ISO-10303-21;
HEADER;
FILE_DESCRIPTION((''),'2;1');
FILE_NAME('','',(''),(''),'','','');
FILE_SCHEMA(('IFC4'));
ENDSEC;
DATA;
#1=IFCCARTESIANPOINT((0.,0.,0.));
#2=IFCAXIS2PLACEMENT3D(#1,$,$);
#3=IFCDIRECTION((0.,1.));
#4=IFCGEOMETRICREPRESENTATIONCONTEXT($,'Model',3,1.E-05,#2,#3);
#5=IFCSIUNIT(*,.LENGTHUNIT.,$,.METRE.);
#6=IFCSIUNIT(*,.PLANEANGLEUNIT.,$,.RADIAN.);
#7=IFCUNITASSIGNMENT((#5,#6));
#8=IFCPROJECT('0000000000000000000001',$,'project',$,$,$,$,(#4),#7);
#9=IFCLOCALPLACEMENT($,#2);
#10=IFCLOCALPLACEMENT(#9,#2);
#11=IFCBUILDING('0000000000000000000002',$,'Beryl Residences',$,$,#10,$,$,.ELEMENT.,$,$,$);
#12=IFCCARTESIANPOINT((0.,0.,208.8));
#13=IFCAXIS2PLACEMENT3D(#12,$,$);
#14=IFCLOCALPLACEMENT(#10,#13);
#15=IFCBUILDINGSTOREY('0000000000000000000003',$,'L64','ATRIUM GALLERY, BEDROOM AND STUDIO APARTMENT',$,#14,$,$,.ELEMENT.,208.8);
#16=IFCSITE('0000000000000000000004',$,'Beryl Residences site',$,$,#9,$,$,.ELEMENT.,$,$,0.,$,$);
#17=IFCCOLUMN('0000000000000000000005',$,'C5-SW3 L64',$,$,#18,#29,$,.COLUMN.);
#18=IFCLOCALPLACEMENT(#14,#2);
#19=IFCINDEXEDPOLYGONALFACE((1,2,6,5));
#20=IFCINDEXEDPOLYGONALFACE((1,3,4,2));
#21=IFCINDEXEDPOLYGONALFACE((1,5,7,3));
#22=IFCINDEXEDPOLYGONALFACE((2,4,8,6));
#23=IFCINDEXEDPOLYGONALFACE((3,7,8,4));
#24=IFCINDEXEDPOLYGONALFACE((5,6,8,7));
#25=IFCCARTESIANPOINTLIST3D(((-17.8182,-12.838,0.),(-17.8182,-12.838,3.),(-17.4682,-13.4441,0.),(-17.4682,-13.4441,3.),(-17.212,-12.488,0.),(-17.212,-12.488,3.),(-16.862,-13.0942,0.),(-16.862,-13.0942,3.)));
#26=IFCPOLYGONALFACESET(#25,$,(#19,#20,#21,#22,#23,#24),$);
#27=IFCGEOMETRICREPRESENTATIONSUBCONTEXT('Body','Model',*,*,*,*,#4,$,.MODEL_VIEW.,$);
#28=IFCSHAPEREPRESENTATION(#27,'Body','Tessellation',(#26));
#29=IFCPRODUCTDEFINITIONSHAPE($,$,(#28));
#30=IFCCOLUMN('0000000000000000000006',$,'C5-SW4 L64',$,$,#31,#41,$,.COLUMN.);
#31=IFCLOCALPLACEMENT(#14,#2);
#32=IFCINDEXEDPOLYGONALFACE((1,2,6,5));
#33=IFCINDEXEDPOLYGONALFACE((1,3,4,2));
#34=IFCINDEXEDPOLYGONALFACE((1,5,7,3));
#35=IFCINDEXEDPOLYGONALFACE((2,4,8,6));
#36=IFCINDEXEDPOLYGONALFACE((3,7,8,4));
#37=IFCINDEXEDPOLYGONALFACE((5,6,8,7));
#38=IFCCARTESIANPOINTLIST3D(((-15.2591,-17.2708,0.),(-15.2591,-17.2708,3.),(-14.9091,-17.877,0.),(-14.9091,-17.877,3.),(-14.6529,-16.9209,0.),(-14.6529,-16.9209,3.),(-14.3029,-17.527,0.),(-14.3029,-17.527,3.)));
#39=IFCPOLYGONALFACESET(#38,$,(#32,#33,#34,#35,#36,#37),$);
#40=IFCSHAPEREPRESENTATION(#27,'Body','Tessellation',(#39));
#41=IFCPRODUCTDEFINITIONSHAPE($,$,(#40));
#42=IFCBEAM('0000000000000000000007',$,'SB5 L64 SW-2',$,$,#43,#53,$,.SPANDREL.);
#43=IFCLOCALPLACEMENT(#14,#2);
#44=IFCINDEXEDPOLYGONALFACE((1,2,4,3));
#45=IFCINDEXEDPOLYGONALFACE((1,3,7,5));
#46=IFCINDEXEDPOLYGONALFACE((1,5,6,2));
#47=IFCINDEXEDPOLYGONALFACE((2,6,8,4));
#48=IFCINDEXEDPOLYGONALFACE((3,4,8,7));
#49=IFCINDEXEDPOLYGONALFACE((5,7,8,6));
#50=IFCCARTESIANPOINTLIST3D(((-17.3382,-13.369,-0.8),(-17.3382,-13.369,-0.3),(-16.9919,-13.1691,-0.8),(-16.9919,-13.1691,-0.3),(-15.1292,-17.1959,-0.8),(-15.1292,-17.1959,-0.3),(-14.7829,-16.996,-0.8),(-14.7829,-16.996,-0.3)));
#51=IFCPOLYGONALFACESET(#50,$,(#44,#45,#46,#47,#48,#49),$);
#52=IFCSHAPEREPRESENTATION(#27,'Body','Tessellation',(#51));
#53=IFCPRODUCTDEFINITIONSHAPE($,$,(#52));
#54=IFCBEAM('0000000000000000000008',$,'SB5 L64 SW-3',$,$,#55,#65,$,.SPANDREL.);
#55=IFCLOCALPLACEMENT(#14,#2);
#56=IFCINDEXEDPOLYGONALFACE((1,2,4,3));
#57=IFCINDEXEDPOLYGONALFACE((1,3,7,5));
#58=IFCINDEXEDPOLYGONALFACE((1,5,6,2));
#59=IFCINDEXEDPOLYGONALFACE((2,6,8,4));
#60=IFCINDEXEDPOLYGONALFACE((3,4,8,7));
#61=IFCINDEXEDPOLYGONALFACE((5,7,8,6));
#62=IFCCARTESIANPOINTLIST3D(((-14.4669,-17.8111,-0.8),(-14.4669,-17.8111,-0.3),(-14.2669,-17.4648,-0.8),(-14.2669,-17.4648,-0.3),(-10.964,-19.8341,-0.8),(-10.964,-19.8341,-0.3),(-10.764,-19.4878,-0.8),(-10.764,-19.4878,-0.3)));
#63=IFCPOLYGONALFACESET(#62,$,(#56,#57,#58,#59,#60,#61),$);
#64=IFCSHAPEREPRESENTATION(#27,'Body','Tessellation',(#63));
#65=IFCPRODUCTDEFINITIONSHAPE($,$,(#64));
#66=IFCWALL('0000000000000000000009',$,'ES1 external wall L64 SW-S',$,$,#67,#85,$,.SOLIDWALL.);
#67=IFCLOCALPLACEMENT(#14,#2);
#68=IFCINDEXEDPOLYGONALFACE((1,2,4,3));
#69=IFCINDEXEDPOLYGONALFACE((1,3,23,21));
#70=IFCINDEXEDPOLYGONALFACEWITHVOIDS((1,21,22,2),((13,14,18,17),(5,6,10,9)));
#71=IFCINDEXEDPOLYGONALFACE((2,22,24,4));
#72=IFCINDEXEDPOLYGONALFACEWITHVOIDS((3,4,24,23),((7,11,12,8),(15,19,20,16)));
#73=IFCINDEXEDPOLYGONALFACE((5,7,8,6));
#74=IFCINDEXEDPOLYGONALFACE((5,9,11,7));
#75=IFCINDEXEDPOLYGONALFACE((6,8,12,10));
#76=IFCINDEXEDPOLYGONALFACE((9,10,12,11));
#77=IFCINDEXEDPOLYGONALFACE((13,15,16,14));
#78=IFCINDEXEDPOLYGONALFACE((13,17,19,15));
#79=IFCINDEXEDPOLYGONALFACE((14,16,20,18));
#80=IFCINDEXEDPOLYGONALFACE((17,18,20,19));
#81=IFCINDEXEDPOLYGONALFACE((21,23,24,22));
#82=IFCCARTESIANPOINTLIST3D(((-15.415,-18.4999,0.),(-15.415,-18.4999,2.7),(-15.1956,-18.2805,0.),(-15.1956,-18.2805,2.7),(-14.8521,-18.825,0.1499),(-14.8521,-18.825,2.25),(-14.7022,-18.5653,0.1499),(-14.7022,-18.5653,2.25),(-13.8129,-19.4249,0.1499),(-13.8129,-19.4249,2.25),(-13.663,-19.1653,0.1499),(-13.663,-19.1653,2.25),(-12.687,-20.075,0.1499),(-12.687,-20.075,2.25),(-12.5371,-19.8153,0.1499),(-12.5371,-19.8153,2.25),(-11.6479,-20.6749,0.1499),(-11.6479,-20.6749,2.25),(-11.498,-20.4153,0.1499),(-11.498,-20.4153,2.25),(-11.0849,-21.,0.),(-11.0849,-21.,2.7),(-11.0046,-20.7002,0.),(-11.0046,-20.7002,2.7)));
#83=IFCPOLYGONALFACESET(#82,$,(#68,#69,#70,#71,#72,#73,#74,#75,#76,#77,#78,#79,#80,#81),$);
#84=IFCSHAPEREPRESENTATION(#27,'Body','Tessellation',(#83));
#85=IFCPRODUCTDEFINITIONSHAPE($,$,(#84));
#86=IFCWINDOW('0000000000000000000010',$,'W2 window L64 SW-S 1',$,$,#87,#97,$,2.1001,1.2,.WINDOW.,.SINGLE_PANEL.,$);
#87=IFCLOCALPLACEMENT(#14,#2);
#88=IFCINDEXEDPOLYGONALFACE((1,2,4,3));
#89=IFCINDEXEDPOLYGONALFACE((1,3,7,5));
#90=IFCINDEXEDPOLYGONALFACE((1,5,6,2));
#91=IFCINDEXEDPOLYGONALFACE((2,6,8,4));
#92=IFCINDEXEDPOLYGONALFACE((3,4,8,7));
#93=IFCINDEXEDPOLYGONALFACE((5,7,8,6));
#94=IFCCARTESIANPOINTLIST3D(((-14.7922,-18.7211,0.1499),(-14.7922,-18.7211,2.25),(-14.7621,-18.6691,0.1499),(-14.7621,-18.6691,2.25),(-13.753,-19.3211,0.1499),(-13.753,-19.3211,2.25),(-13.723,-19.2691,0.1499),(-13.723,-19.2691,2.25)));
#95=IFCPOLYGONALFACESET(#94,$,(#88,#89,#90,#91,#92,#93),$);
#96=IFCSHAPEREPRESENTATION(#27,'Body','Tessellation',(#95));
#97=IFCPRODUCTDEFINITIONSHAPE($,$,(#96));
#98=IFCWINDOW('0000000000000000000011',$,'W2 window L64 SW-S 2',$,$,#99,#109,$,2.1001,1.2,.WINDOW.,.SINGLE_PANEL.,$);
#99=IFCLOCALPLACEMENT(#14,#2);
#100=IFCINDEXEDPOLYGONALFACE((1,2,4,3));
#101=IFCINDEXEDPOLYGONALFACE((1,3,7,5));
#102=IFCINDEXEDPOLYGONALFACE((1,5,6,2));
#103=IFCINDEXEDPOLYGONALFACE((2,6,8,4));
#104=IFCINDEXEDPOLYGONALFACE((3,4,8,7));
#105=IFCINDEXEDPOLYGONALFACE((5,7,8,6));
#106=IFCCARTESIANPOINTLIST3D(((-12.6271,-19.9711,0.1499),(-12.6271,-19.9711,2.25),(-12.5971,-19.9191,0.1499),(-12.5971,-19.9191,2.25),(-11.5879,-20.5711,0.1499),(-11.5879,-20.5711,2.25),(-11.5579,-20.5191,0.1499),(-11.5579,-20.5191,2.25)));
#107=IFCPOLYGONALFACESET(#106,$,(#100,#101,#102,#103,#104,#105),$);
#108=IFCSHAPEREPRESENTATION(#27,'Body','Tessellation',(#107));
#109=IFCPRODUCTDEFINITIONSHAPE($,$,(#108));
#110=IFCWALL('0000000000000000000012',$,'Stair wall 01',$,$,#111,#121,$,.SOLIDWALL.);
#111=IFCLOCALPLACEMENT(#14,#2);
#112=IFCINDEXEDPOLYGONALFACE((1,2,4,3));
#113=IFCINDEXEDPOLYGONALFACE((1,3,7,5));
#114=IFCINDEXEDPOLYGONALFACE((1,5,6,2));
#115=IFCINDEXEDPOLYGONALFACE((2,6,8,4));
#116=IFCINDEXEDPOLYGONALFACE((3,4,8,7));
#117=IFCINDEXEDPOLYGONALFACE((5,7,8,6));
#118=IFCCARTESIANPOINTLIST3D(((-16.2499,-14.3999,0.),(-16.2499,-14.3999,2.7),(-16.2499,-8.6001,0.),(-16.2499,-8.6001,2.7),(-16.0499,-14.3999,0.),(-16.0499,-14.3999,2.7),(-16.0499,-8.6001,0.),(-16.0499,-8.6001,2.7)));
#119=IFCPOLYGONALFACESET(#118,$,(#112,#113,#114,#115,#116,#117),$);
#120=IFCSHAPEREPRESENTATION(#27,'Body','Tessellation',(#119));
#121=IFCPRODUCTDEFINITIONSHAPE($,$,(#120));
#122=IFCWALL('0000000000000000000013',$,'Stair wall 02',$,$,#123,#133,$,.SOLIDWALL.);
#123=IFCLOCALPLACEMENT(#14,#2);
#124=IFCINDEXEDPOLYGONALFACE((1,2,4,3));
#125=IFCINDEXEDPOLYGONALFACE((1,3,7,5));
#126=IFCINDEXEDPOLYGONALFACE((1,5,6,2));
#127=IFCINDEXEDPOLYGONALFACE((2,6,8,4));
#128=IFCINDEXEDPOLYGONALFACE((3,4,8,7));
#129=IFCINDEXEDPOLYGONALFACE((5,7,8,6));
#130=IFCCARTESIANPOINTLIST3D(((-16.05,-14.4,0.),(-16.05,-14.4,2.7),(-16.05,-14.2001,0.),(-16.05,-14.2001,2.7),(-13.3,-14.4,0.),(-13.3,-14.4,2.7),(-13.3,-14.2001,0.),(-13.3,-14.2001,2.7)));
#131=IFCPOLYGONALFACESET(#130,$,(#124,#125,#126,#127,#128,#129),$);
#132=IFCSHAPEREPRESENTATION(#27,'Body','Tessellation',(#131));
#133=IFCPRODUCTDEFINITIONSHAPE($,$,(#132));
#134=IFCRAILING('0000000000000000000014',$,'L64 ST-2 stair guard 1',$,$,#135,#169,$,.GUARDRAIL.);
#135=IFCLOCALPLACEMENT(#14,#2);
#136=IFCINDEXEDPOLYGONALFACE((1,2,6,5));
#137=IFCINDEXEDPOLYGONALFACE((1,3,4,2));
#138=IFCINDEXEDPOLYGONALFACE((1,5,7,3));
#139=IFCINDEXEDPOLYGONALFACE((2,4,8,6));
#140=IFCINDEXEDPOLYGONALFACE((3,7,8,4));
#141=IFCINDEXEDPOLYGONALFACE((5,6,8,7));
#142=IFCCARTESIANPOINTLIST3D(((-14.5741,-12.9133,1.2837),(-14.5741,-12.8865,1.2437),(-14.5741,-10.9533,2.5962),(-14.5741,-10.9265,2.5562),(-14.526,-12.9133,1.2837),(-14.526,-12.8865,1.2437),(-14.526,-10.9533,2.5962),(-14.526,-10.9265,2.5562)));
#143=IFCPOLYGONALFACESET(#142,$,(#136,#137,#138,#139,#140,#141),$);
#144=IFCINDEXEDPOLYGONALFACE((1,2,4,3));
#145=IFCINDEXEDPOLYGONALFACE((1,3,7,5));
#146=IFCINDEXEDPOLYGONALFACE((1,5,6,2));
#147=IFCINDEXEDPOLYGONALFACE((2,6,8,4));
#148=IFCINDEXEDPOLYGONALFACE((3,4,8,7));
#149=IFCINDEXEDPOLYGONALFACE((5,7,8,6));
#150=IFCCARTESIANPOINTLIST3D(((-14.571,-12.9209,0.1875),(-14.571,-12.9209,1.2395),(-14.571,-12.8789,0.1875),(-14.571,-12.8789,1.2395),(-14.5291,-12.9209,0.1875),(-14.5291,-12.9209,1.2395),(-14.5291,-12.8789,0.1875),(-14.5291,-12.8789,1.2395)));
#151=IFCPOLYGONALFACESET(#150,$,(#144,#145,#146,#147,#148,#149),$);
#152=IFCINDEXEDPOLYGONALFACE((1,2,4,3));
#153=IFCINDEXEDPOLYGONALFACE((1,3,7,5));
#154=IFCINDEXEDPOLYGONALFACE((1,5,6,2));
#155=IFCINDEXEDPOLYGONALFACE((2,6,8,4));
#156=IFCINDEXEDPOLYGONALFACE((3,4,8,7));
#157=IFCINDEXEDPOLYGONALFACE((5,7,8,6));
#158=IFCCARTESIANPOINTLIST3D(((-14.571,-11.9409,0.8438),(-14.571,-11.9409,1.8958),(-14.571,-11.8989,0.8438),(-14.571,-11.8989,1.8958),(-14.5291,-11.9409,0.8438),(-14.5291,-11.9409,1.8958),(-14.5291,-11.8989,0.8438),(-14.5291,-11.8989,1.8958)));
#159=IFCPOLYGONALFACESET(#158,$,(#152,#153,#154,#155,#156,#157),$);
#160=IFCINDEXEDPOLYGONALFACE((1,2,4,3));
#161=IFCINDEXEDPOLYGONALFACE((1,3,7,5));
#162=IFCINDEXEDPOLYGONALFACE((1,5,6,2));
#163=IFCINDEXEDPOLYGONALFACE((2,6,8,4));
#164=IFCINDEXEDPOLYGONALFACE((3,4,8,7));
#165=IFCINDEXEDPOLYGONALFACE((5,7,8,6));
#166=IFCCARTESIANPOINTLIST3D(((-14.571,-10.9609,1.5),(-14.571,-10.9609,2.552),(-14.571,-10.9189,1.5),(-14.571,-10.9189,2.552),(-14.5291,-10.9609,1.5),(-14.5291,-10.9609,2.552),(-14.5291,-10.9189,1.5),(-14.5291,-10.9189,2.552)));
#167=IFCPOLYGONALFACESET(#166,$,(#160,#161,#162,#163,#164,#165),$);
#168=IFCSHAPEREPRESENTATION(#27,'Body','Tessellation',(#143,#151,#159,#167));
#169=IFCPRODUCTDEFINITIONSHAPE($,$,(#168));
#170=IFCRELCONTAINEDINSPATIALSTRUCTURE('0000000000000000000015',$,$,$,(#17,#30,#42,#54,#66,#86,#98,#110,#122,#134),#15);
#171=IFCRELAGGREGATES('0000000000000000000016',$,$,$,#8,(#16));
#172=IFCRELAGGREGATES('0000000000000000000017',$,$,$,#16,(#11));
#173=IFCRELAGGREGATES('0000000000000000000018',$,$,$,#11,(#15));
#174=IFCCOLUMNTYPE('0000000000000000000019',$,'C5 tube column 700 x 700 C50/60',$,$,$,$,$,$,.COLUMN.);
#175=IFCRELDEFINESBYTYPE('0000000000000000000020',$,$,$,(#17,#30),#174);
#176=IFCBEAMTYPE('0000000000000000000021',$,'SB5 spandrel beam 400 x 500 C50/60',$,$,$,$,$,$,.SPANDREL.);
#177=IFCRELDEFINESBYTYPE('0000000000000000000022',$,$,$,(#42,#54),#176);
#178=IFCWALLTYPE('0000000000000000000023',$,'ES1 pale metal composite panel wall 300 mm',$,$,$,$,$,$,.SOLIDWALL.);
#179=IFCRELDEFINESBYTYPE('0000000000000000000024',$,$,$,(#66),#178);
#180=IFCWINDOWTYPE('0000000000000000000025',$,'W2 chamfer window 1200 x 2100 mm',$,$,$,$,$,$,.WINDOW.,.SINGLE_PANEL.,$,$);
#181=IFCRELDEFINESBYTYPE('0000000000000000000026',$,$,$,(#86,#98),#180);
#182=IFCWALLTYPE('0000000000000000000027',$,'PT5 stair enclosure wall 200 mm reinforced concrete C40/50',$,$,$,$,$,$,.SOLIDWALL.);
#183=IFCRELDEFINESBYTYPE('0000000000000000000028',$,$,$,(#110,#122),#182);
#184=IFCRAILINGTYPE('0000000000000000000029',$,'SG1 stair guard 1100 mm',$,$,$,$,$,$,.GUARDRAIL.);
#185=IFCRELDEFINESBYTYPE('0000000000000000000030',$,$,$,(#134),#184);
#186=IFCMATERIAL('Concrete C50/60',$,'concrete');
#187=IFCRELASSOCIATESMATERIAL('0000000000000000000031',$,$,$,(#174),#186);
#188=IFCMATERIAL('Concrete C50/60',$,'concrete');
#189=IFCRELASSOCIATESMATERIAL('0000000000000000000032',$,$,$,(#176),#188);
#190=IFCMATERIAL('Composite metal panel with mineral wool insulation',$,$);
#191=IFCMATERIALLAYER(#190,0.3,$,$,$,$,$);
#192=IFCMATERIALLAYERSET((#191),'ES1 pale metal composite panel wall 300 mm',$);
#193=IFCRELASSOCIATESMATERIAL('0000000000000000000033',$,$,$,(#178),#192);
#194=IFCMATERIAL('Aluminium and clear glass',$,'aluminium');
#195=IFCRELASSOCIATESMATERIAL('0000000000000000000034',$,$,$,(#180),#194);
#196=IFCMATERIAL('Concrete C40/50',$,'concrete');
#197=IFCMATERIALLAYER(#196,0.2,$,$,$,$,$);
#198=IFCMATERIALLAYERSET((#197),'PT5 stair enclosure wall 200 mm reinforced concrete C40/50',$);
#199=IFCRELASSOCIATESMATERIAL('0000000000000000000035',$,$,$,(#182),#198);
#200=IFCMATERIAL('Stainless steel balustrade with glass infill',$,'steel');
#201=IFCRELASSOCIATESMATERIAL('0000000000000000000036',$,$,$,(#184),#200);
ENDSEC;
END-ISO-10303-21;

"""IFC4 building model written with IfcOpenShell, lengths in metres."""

from ifc_helpers import new_model, si_unit, direction, frame, frame_2d, origin, origin_2d, place, context, subcontext, project, spatial, polyline, rectangle, outline, extrude, material, layer, layer_set, material_profile, profile_set, type_object, element, fill, save


model = new_model("IFC4")

# Units and contexts
model_context = context("Model", 3, precision=1e-05, world=origin(), true_north=direction((0.0, 1.0)))
body_context = subcontext(model_context, "Body", "Model", "MODEL_VIEW")
ifc_project = project(units=[si_unit("LENGTHUNIT", "METRE"), si_unit("PLANEANGLEUNIT", "RADIAN")], contexts=[model_context])

# Site, building, storey
site_placement = place(None, origin())
site = spatial("IfcSite", under=ifc_project, at=site_placement, Name="Beryl Residences site", CompositionType="ELEMENT", RefElevation=0.0)
building_placement = place(site_placement, origin())
building = spatial("IfcBuilding", under=site, at=building_placement, Name="Beryl Residences", CompositionType="ELEMENT")
storey_placement = place(building_placement, frame((0.0, 0.0, 208.8)))
storey = spatial("IfcBuildingStorey", under=building, at=storey_placement, Name="L64", Description="ATRIUM GALLERY, BEDROOM AND STUDIO APARTMENT", CompositionType="ELEMENT", Elevation=208.8)

# Columns
ifc_material_1 = material(Name="Concrete C50/60", Category="concrete")
ifc_material_profile_1 = material_profile(ifc_material_1, rectangle(XDim=0.7, YDim=0.7, at=origin_2d()))
ifc_profile_set_1 = profile_set([ifc_material_profile_1], Name="Concrete C50/60")
column_type = type_object("IfcColumnType", Name="C5 tube column 700 x 700 C50/60", PredefinedType="COLUMN", material=ifc_profile_set_1)
for number, where, z_axis, x_axis, name in (
    (1, (-17.3401, -12.9661, 0.0), (0.0, 0.0, 1.0), (0.499985, -0.866034, 0.0), "C5-SW3 L64"),
    (2, (-14.781, -17.3989, 0.0), (0.0, 0.0, 1.0), (0.499985, -0.866034, 0.0), "C5-SW4 L64"),
):
    element("IfcColumn", number, at=place(storey_placement, frame(where, z_axis=z_axis, x_axis=x_axis)), inside=storey, type_object=column_type, Name=name, PredefinedType="COLUMN", context=body_context, shape_type="SweptSolid", body=[
        extrude(rectangle(XDim=0.7, YDim=0.7, at=origin_2d()), origin(), (0.0, 0.0, 1.0), 3.0),
    ])

# Beams
ifc_material_2 = material(Name="Concrete C50/60", Category="concrete")
ifc_material_profile_2 = material_profile(ifc_material_2, rectangle(XDim=0.3999, YDim=0.5, at=origin_2d()))
ifc_profile_set_2 = profile_set([ifc_material_profile_2], Name="Concrete C50/60")
beam_type = type_object("IfcBeamType", Name="SB5 spandrel beam 400 x 500 C50/60", PredefinedType="SPANDREL", material=ifc_profile_set_2)
beam_1_placement = place(storey_placement, frame((-17.165, -13.269, -0.55), z_axis=(0.499919, -0.866072, 0.0), x_axis=(0.866072, 0.499919, 0.0)))
element("IfcBeam", 3, at=beam_1_placement, inside=storey, type_object=beam_type, Name="SB5 L64 SW-2", PredefinedType="SPANDREL", context=body_context, shape_type="SweptSolid", body=[
    extrude(rectangle(XDim=0.3999, YDim=0.5, at=origin_2d()), origin(), (0.0, 0.0, 1.0), 4.4187),
])
beam_2_placement = place(storey_placement, frame((-14.3669, -17.6379, -0.55), z_axis=(0.865968, -0.500099, 0.0), x_axis=(0.500099, 0.865968, 0.0)))
element("IfcBeam", 4, at=beam_2_placement, inside=storey, type_object=beam_type, Name="SB5 L64 SW-3", PredefinedType="SPANDREL", context=body_context, shape_type="SweptSolid", body=[
    extrude(rectangle(XDim=0.3999, YDim=0.5, at=origin_2d()), origin(), (0.0, 0.0, 1.0), 4.0452),
])

# Wall, openings, windows
ifc_material_3 = material(Name="Composite metal panel with mineral wool insulation")
ifc_layer_1 = layer(ifc_material_3, 0.3)
ifc_layer_set_1 = layer_set([ifc_layer_1], Name="ES1 pale metal composite panel wall 300 mm")
wall_type_1 = type_object("IfcWallType", Name="ES1 pale metal composite panel wall 300 mm", PredefinedType="SOLIDWALL", material=ifc_layer_set_1)
wall_1_placement = place(storey_placement, frame((-15.3401, -18.3701, 0.0), z_axis=(0.0, 0.0, 1.0), x_axis=(0.866023, -0.500004, 0.0)))
wall_1 = element("IfcWall", 5, at=wall_1_placement, inside=storey, type_object=wall_type_1, Name="ES1 external wall L64 SW-S", PredefinedType="SOLIDWALL", context=body_context, shape_type="SweptSolid", body=[
    extrude(outline(polyline([(0.0, -0.1499), (5.0, -0.1499), (4.9197, 0.1499), (0.0803, 0.1499), (0.0, -0.1499)])), origin(), (0.0, 0.0, 1.0), 2.7),
])
opening_1_placement = place(wall_1_placement, frame((0.6499, 0.0, 0.1499)))
opening_1 = element("IfcOpeningElement", 6, at=opening_1_placement, cuts=wall_1, PredefinedType="OPENING", context=body_context, shape_type="SweptSolid", body=[
    extrude(rectangle(XDim=1.2, YDim=2.1001, at=frame_2d((0.6001, 1.05))), frame((0.0, 0.1599, 0.0), z_axis=(0.0, -1.0, 0.0), x_axis=(1.0, 0.0, 0.0)), (0.0, 0.0, 1.0), 0.3201),
])
opening_2_placement = place(wall_1_placement, frame((3.1499, 0.0, 0.1499)))
opening_2 = element("IfcOpeningElement", 7, at=opening_2_placement, cuts=wall_1, PredefinedType="OPENING", context=body_context, shape_type="SweptSolid", body=[
    extrude(rectangle(XDim=1.2, YDim=2.1001, at=frame_2d((0.6001, 1.05))), frame((0.0, 0.1599, 0.0), z_axis=(0.0, -1.0, 0.0), x_axis=(1.0, 0.0, 0.0)), (0.0, 0.0, 1.0), 0.3201),
])
ifc_material_4 = material(Name="Aluminium and clear glass", Category="aluminium")
window_type = type_object("IfcWindowType", Name="W2 chamfer window 1200 x 2100 mm", PartitioningType="SINGLE_PANEL", PredefinedType="WINDOW", material=ifc_material_4)
window_1_placement = place(opening_1_placement, origin())
window_1 = element("IfcWindow", 8, at=window_1_placement, inside=storey, type_object=window_type, Name="W2 window L64 SW-S 1", OverallHeight=2.1001, OverallWidth=1.2, PartitioningType="SINGLE_PANEL", PredefinedType="WINDOW", context=body_context, shape_type="SweptSolid", body=[
    extrude(rectangle(XDim=1.2, YDim=2.1001, at=frame_2d((0.6001, 1.05))), frame((0.0, 0.03, 0.0), z_axis=(0.0, -1.0, 0.0), x_axis=(1.0, 0.0, 0.0)), (0.0, 0.0, 1.0), 0.0601),
])
fill(opening_1, window_1)
window_2_placement = place(opening_2_placement, origin())
window_2 = element("IfcWindow", 9, at=window_2_placement, inside=storey, type_object=window_type, Name="W2 window L64 SW-S 2", OverallHeight=2.1001, OverallWidth=1.2, PartitioningType="SINGLE_PANEL", PredefinedType="WINDOW", context=body_context, shape_type="SweptSolid", body=[
    extrude(rectangle(XDim=1.2, YDim=2.1001, at=frame_2d((0.6001, 1.05))), frame((0.0, 0.03, 0.0), z_axis=(0.0, -1.0, 0.0), x_axis=(1.0, 0.0, 0.0)), (0.0, 0.0, 1.0), 0.0601),
])
fill(opening_2, window_2)

# Walls
ifc_material_5 = material(Name="Concrete C40/50", Category="concrete")
ifc_layer_2 = layer(ifc_material_5, 0.2)
ifc_layer_set_2 = layer_set([ifc_layer_2], Name="PT5 stair enclosure wall 200 mm reinforced concrete C40/50")
wall_type_2 = type_object("IfcWallType", Name="PT5 stair enclosure wall 200 mm reinforced concrete C40/50", PredefinedType="SOLIDWALL", material=ifc_layer_set_2)
wall_2_placement = place(storey_placement, frame((-16.1499, -14.3999, 0.0), z_axis=(0.0, 0.0, 1.0), x_axis=(0.0, 1.0, 0.0)))
element("IfcWall", 10, at=wall_2_placement, inside=storey, type_object=wall_type_2, Name="Stair wall 01", PredefinedType="SOLIDWALL", context=body_context, shape_type="SweptSolid", body=[
    extrude(rectangle(XDim=5.7998, YDim=0.2, at=frame_2d((2.8999, 0.0))), origin(), (0.0, 0.0, 1.0), 2.7),
])
wall_3_placement = place(storey_placement, frame((-16.05, -14.3, 0.0), z_axis=(0.0, 0.0, 1.0), x_axis=(1.0, 0.0, 0.0)))
element("IfcWall", 11, at=wall_3_placement, inside=storey, type_object=wall_type_2, Name="Stair wall 02", PredefinedType="SOLIDWALL", context=body_context, shape_type="SweptSolid", body=[
    extrude(rectangle(XDim=2.75, YDim=0.2, at=frame_2d((1.375, 0.0))), origin(), (0.0, 0.0, 1.0), 2.7),
])

# Railing
ifc_material_6 = material(Name="Stainless steel balustrade with glass infill", Category="steel")
railing_type_1 = type_object("IfcRailingType", Name="SG1 stair guard 1100 mm", PredefinedType="GUARDRAIL", material=ifc_material_6)
railing_1_placement = place(storey_placement, frame((-14.55, -12.8999, 0.1875)))
element("IfcRailing", 12, at=railing_1_placement, inside=storey, type_object=railing_type_1, Name="L64 ST-2 stair guard 1", PredefinedType="GUARDRAIL", context=body_context, shape_type="SweptSolid", body=[
    extrude(rectangle(XDim=0.0481, YDim=0.0481, at=origin_2d()), frame((0.0, 0.0, 1.0762), z_axis=(0.0, 0.830902, 0.556419), x_axis=(-1.0, 0.0, 0.0)), (0.0, 0.0, 1.0), 2.3589),
    extrude(rectangle(XDim=0.042, YDim=0.042, at=origin_2d()), origin(), (0.0, 0.0, 1.0), 1.052),
    extrude(rectangle(XDim=0.042, YDim=0.042, at=origin_2d()), frame((0.0, 0.98, 0.6562)), (0.0, 0.0, 1.0), 1.052),
    extrude(rectangle(XDim=0.042, YDim=0.042, at=origin_2d()), frame((0.0, 1.96, 1.3125)), (0.0, 0.0, 1.0), 1.052),
])

save(model, "model.ifc")
